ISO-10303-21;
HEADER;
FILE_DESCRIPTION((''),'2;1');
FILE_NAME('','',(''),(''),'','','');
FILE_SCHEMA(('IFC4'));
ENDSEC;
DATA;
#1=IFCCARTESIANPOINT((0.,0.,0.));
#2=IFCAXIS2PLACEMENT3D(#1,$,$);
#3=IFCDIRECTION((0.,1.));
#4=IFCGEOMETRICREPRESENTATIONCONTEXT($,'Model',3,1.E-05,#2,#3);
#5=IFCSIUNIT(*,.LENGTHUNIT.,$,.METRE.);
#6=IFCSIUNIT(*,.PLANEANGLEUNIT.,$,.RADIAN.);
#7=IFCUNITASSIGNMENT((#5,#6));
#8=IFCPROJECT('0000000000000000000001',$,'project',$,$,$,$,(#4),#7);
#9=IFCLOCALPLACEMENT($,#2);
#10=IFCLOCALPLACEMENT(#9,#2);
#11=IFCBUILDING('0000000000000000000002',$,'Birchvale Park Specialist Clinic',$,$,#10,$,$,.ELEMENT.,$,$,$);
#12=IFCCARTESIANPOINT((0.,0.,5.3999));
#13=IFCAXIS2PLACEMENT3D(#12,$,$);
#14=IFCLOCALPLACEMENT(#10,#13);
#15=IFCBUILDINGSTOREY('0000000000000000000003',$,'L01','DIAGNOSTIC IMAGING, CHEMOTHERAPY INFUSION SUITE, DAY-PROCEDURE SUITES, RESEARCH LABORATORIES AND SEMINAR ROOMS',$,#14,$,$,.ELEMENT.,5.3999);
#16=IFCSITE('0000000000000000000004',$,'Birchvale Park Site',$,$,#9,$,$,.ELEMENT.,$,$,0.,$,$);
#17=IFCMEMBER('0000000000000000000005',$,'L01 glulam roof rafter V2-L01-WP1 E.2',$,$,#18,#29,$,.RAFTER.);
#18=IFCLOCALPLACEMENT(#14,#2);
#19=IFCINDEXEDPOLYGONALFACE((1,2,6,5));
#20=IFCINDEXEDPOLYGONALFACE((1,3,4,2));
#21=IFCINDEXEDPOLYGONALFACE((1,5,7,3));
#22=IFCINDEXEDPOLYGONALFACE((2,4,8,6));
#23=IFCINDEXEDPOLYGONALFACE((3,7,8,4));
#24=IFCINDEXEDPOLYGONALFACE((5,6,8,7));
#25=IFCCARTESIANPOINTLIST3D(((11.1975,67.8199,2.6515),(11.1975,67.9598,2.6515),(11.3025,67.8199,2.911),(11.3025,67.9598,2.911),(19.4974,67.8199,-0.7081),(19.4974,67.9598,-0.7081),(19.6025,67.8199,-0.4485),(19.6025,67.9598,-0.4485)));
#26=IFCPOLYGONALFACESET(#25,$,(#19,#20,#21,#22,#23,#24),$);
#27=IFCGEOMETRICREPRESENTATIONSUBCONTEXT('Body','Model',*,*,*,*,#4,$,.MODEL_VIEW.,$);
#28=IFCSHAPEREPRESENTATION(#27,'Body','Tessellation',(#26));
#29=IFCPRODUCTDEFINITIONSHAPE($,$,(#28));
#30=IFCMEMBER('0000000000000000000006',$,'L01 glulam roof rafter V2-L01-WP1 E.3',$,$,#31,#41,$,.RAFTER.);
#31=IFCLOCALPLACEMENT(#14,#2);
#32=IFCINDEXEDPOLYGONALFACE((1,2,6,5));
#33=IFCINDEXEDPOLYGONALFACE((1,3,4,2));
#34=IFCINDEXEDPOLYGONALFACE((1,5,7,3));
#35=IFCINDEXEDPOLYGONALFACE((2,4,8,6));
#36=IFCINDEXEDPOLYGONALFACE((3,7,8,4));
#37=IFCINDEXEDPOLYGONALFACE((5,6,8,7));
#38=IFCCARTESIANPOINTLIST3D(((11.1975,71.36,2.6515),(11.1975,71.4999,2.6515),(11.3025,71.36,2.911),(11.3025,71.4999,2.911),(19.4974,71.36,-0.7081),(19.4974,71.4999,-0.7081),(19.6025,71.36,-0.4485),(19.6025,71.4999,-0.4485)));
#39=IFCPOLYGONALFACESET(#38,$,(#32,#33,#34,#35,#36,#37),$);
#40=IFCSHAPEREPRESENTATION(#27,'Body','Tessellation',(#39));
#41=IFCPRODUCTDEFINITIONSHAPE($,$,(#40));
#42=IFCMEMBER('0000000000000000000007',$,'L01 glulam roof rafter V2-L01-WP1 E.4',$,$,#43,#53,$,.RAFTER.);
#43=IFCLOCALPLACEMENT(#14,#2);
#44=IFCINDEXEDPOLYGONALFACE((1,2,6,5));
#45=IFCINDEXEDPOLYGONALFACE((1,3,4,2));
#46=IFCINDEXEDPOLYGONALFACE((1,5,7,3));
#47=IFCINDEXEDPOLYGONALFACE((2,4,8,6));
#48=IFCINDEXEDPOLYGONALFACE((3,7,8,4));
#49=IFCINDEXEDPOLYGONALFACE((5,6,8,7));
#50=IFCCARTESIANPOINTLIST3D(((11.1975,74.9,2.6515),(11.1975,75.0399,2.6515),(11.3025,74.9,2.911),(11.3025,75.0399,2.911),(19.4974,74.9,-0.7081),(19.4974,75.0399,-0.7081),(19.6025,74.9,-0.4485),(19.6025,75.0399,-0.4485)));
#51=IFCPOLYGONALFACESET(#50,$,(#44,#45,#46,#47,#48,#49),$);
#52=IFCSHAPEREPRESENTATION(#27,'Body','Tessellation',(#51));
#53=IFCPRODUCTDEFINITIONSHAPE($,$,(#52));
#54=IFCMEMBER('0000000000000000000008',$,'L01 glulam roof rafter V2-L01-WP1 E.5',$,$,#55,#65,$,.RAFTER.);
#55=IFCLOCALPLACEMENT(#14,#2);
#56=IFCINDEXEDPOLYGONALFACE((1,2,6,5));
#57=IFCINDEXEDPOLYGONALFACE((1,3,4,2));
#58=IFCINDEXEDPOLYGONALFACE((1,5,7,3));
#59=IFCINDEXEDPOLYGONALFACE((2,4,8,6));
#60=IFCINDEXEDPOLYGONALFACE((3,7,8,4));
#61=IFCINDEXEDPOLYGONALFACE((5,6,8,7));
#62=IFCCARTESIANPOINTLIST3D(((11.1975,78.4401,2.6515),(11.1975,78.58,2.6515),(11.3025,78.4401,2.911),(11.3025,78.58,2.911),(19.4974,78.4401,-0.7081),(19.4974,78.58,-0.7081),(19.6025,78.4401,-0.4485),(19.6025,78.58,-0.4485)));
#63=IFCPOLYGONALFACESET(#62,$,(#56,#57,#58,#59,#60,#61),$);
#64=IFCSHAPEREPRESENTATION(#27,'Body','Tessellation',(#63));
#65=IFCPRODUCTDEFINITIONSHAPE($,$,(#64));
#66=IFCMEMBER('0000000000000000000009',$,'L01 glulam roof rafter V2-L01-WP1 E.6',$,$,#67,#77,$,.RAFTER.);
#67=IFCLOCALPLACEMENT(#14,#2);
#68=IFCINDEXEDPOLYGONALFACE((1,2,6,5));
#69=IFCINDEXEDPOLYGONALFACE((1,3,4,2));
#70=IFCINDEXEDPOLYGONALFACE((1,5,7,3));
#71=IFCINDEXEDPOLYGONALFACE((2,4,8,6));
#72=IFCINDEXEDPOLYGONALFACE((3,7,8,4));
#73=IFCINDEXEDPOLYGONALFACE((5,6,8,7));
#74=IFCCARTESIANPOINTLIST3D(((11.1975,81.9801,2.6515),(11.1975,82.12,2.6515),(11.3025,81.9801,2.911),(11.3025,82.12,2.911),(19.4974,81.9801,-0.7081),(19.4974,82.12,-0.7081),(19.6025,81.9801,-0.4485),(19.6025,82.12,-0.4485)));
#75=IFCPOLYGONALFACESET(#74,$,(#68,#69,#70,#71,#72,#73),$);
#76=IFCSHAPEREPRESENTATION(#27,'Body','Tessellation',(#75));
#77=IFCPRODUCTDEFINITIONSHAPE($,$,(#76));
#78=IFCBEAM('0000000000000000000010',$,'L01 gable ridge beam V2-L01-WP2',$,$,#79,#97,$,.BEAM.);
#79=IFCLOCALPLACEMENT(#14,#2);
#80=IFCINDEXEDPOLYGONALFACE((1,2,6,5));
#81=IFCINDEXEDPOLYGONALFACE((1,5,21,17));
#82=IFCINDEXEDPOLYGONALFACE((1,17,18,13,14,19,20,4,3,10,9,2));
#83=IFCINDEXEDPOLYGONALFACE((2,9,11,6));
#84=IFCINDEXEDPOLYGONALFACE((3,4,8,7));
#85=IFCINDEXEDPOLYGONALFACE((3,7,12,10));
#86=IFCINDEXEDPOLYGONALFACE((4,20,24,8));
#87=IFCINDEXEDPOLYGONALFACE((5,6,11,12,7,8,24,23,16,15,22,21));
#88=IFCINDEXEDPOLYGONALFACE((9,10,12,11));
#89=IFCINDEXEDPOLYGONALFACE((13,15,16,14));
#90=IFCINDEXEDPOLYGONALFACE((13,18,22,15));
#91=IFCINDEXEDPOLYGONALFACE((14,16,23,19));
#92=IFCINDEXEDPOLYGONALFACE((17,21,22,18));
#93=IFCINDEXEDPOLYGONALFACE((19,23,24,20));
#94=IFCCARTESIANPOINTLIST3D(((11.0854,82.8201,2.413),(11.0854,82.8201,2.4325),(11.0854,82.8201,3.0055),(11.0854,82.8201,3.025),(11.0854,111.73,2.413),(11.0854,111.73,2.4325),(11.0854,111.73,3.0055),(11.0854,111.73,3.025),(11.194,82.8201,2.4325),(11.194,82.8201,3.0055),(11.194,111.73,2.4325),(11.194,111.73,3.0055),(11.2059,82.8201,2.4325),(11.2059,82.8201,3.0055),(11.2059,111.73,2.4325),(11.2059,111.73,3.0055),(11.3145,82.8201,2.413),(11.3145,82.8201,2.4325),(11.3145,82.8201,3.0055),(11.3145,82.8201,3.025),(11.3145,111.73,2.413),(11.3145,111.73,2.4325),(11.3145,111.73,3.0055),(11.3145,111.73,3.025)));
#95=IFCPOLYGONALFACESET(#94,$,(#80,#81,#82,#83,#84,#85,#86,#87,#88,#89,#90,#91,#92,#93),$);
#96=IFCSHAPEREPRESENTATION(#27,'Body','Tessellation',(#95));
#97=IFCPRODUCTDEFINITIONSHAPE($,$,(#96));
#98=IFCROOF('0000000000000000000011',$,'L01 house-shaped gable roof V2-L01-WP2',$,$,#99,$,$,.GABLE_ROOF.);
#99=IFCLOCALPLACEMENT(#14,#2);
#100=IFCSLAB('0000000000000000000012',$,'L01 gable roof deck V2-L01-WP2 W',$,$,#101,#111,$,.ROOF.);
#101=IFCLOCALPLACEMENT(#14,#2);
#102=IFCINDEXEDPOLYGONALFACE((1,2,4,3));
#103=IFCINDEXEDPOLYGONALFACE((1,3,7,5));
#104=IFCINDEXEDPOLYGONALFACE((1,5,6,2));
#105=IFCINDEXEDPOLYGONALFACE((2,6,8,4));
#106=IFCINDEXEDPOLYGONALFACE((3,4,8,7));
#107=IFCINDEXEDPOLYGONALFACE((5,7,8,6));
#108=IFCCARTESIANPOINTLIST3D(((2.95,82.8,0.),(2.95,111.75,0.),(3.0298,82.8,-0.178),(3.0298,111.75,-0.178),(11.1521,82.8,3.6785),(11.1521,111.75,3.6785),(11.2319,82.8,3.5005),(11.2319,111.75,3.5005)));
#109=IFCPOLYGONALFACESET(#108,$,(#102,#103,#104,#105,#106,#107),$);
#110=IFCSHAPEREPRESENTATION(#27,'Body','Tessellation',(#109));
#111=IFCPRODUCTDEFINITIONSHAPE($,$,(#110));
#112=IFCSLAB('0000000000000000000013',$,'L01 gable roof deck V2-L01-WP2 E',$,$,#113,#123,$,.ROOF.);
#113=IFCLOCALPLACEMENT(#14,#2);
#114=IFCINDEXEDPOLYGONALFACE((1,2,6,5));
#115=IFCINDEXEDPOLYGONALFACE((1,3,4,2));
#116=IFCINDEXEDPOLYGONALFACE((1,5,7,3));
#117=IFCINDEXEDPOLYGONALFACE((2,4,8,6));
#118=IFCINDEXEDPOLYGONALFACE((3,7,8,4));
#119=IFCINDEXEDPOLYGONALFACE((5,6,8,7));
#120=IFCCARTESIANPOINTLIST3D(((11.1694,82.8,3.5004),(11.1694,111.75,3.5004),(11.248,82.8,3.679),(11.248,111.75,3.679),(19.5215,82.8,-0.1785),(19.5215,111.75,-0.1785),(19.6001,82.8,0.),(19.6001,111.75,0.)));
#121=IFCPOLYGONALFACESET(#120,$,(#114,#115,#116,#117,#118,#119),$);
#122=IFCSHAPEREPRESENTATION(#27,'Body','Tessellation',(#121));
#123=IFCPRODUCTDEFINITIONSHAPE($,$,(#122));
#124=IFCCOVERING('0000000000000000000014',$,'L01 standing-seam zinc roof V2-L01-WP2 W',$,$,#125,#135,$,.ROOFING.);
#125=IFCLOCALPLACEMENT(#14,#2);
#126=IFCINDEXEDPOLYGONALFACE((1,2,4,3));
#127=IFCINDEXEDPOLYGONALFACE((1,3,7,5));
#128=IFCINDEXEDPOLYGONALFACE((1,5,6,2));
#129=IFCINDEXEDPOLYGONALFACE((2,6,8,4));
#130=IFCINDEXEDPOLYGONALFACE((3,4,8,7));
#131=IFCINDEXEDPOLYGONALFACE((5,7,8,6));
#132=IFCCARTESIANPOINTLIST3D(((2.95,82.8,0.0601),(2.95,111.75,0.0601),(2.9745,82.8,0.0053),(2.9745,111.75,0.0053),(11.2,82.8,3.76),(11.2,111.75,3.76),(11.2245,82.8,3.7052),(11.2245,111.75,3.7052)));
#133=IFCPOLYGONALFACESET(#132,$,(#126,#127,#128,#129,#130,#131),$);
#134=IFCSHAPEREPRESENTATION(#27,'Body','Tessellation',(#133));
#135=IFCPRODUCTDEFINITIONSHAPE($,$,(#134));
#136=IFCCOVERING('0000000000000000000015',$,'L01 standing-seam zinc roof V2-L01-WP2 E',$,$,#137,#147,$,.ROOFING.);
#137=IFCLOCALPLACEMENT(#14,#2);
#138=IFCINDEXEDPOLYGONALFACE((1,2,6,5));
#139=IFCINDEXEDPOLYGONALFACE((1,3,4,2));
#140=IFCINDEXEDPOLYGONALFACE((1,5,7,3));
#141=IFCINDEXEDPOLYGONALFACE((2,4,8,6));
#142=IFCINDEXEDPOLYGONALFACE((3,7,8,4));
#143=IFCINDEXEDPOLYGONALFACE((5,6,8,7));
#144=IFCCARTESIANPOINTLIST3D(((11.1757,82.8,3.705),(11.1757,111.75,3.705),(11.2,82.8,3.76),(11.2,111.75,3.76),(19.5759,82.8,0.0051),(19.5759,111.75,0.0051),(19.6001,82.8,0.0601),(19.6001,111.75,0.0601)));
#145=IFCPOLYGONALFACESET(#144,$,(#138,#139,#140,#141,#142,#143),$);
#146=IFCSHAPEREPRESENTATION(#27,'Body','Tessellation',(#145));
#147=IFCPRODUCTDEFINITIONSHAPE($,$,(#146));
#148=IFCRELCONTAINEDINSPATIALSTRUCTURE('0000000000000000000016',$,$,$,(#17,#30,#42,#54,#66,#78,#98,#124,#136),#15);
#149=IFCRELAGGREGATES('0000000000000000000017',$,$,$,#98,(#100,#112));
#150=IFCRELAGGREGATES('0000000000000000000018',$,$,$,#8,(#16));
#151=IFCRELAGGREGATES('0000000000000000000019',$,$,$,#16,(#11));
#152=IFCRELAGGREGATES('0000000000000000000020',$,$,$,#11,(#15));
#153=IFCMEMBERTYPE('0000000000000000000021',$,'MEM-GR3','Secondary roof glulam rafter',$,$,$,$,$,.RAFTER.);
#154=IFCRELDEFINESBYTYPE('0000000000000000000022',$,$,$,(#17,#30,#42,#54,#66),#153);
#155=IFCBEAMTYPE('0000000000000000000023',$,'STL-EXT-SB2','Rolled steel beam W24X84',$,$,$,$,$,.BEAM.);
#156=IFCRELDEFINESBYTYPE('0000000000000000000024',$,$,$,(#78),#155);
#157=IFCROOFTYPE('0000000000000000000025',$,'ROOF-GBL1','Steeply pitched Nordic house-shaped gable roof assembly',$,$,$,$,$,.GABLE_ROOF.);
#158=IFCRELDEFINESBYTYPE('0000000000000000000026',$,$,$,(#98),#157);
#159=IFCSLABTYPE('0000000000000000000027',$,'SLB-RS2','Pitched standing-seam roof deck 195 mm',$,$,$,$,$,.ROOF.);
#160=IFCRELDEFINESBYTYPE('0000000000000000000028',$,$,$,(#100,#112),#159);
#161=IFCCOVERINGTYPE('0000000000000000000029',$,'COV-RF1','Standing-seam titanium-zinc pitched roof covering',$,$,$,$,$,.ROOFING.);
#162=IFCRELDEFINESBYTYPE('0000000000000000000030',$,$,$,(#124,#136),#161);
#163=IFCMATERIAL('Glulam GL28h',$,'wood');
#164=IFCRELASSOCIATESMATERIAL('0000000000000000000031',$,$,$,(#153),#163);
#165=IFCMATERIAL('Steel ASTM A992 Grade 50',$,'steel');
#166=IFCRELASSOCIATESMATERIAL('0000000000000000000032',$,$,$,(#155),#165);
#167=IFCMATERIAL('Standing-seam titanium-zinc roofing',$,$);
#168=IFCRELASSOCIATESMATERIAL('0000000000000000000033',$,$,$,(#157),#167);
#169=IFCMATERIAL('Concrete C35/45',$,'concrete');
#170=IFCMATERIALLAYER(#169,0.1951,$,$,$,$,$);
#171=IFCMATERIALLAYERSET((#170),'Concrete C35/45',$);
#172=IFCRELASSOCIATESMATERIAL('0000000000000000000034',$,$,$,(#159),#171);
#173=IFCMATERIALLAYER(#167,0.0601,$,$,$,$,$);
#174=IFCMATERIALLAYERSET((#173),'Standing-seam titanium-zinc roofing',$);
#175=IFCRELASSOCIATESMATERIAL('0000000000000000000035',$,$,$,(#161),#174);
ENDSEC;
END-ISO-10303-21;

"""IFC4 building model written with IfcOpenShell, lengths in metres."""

from ifc_helpers import new_model, si_unit, direction, frame, origin, origin_2d, place, context, subcontext, project, spatial, polyline, rectangle, i_section, outline, extrude, material, layer, layer_set, material_profile, profile_set, type_object, element, aggregate, save


model = new_model("IFC4")

# Units and contexts
model_context = context("Model", 3, precision=1e-05, world=origin(), true_north=direction((0.0, 1.0)))
body_context = subcontext(model_context, "Body", "Model", "MODEL_VIEW")
ifc_project = project(units=[si_unit("LENGTHUNIT", "METRE"), si_unit("PLANEANGLEUNIT", "RADIAN")], contexts=[model_context])

# Site, building, storey
site_placement = place(None, origin())
site = spatial("IfcSite", under=ifc_project, at=site_placement, Name="Birchvale Park Site", CompositionType="ELEMENT", RefElevation=0.0)
building_placement = place(site_placement, origin())
building = spatial("IfcBuilding", under=site, at=building_placement, Name="Birchvale Park Specialist Clinic", CompositionType="ELEMENT")
storey_placement = place(building_placement, frame((0.0, 0.0, 5.3999)))
storey = spatial("IfcBuildingStorey", under=building, at=storey_placement, Name="L01", Description="DIAGNOSTIC IMAGING, CHEMOTHERAPY INFUSION SUITE, DAY-PROCEDURE SUITES, RESEARCH LABORATORIES AND SEMINAR ROOMS", CompositionType="ELEMENT", Elevation=5.3999)

# Members
ifc_material_1 = material(Name="Glulam GL28h", Category="wood")
ifc_material_profile_1 = material_profile(ifc_material_1, rectangle(XDim=0.1399, YDim=0.28, at=origin_2d()), Name="GL-140x280")
ifc_profile_set_1 = profile_set([ifc_material_profile_1], Name="Glulam GL28h")
member_type_1 = type_object("IfcMemberType", Name="MEM-GR3", Description="Secondary roof glulam rafter", PredefinedType="RAFTER", material=ifc_profile_set_1)
for number, where, z_axis, x_axis, name in (
    (1, (11.25, 67.8899, 2.7812), (0.926944, 0.0, -0.3752), (0.0, 1.0, 0.0), "L01 glulam roof rafter V2-L01-WP1 E.2"),
    (2, (11.25, 71.4299, 2.7812), (0.926944, 0.0, -0.3752), (0.0, 1.0, 0.0), "L01 glulam roof rafter V2-L01-WP1 E.3"),
    (3, (11.25, 74.97, 2.7812), (0.926944, 0.0, -0.3752), (0.0, 1.0, 0.0), "L01 glulam roof rafter V2-L01-WP1 E.4"),
    (4, (11.25, 78.51, 2.7812), (0.926944, 0.0, -0.3752), (0.0, 1.0, 0.0), "L01 glulam roof rafter V2-L01-WP1 E.5"),
    (5, (11.25, 82.05, 2.7812), (0.926944, 0.0, -0.3752), (0.0, 1.0, 0.0), "L01 glulam roof rafter V2-L01-WP1 E.6"),
):
    element("IfcMember", number, at=place(storey_placement, frame(where, z_axis=z_axis, x_axis=x_axis)), inside=storey, type_object=member_type_1, Name=name, PredefinedType="RAFTER", context=body_context, shape_type="SweptSolid", body=[
        extrude(rectangle(XDim=0.1399, YDim=0.28, at=origin_2d()), origin(), (0.0, 0.0, 1.0), 8.9541),
    ])

# Beam
ifc_material_2 = material(Name="Steel ASTM A992 Grade 50", Category="steel")
ifc_material_profile_2 = material_profile(ifc_material_2, i_section(OverallWidth=0.229, OverallDepth=0.6121, WebThickness=0.012, FlangeThickness=0.0195, at=origin_2d()), Name="W24X84")
ifc_profile_set_2 = profile_set([ifc_material_profile_2], Name="Steel ASTM A992 Grade 50")
beam_type_1 = type_object("IfcBeamType", Name="STL-EXT-SB2", Description="Rolled steel beam W24X84", PredefinedType="BEAM", material=ifc_profile_set_2)
beam_1_placement = place(storey_placement, frame((11.2, 82.8201, 2.719), z_axis=(0.0, 1.0, 0.0), x_axis=(-1.0, 0.0, 0.0)))
element("IfcBeam", 6, at=beam_1_placement, inside=storey, type_object=beam_type_1, Name="L01 gable ridge beam V2-L01-WP2", PredefinedType="BEAM", context=body_context, shape_type="SweptSolid", body=[
    extrude(i_section(OverallWidth=0.229, OverallDepth=0.6121, WebThickness=0.012, FlangeThickness=0.0195, at=origin_2d()), origin(), (0.0, 0.0, 1.0), 28.9099),
])

# Roof, slabs
ifc_material_3 = material(Name="Standing-seam titanium-zinc roofing")
roof_type = type_object("IfcRoofType", Name="ROOF-GBL1", Description="Steeply pitched Nordic house-shaped gable roof assembly", PredefinedType="GABLE_ROOF", material=ifc_material_3)
roof_placement = place(storey_placement, origin())
roof = element("IfcRoof", 7, at=roof_placement, inside=storey, type_object=roof_type, Name="L01 house-shaped gable roof V2-L01-WP2", PredefinedType="GABLE_ROOF")
ifc_material_4 = material(Name="Concrete C35/45", Category="concrete")
ifc_layer_1 = layer(ifc_material_4, 0.1951)
ifc_layer_set_1 = layer_set([ifc_layer_1], Name="Concrete C35/45")
slab_type = type_object("IfcSlabType", Name="SLB-RS2", Description="Pitched standing-seam roof deck 195 mm", PredefinedType="ROOF", material=ifc_layer_set_1)
slab_1_placement = place(storey_placement, frame((2.95, 82.8, 0.0), z_axis=(-0.409208, 0.0, 0.912441), x_axis=(0.912441, 0.0, 0.409208)))
slab_1 = element("IfcSlab", 8, at=slab_1_placement, type_object=slab_type, Name="L01 gable roof deck V2-L01-WP2 W", PredefinedType="ROOF", context=body_context, shape_type="SweptSolid", body=[
    extrude(outline(polyline([(0.0, 0.0), (8.9892, 0.0), (8.9892, 28.95), (0.0, 28.95), (0.0, 0.0)])), origin(), (0.0, 0.0, -1.0), 0.1951),
])
slab_2_placement = place(storey_placement, frame((11.248, 82.8, 3.679), z_axis=(0.403111, 0.0, 0.915151), x_axis=(0.915151, 0.0, -0.403111)))
slab_2 = element("IfcSlab", 9, at=slab_2_placement, type_object=slab_type, Name="L01 gable roof deck V2-L01-WP2 E", PredefinedType="ROOF", context=body_context, shape_type="SweptSolid", body=[
    extrude(outline(polyline([(0.0, 0.0), (9.1264, 0.0), (9.1264, 28.95), (0.0, 28.95), (0.0, 0.0)])), origin(), (0.0, 0.0, -1.0), 0.1951),
])
aggregate(roof, [slab_1, slab_2])

# Coverings
ifc_layer_2 = layer(ifc_material_3, 0.0601)
ifc_layer_set_2 = layer_set([ifc_layer_2], Name="Standing-seam titanium-zinc roofing")
covering_type = type_object("IfcCoveringType", Name="COV-RF1", Description="Standing-seam titanium-zinc pitched roof covering", PredefinedType="ROOFING", material=ifc_layer_set_2)
covering_1_placement = place(storey_placement, frame((2.95, 82.8, 0.0601), z_axis=(-0.40921, 0.0, 0.91244), x_axis=(0.91244, 0.0, 0.40921)))
element("IfcCovering", 10, at=covering_1_placement, inside=storey, type_object=covering_type, Name="L01 standing-seam zinc roof V2-L01-WP2 W", PredefinedType="ROOFING", context=body_context, shape_type="SweptSolid", body=[
    extrude(outline(polyline([(0.0, 0.0), (9.0417, 0.0), (9.0417, 28.95), (0.0, 28.95), (0.0, 0.0)])), origin(), (0.0, 0.0, -1.0), 0.0601),
])
covering_2_placement = place(storey_placement, frame((11.2, 82.8, 3.76), z_axis=(0.403093, 0.0, 0.915159), x_axis=(0.915159, 0.0, -0.403093)))
element("IfcCovering", 11, at=covering_2_placement, inside=storey, type_object=covering_type, Name="L01 standing-seam zinc roof V2-L01-WP2 E", PredefinedType="ROOFING", context=body_context, shape_type="SweptSolid", body=[
    extrude(outline(polyline([(0.0, 0.0), (9.1789, 0.0), (9.1789, 28.95), (0.0, 28.95), (0.0, 0.0)])), origin(), (0.0, 0.0, -1.0), 0.0601),
])

save(model, "model.ifc")
